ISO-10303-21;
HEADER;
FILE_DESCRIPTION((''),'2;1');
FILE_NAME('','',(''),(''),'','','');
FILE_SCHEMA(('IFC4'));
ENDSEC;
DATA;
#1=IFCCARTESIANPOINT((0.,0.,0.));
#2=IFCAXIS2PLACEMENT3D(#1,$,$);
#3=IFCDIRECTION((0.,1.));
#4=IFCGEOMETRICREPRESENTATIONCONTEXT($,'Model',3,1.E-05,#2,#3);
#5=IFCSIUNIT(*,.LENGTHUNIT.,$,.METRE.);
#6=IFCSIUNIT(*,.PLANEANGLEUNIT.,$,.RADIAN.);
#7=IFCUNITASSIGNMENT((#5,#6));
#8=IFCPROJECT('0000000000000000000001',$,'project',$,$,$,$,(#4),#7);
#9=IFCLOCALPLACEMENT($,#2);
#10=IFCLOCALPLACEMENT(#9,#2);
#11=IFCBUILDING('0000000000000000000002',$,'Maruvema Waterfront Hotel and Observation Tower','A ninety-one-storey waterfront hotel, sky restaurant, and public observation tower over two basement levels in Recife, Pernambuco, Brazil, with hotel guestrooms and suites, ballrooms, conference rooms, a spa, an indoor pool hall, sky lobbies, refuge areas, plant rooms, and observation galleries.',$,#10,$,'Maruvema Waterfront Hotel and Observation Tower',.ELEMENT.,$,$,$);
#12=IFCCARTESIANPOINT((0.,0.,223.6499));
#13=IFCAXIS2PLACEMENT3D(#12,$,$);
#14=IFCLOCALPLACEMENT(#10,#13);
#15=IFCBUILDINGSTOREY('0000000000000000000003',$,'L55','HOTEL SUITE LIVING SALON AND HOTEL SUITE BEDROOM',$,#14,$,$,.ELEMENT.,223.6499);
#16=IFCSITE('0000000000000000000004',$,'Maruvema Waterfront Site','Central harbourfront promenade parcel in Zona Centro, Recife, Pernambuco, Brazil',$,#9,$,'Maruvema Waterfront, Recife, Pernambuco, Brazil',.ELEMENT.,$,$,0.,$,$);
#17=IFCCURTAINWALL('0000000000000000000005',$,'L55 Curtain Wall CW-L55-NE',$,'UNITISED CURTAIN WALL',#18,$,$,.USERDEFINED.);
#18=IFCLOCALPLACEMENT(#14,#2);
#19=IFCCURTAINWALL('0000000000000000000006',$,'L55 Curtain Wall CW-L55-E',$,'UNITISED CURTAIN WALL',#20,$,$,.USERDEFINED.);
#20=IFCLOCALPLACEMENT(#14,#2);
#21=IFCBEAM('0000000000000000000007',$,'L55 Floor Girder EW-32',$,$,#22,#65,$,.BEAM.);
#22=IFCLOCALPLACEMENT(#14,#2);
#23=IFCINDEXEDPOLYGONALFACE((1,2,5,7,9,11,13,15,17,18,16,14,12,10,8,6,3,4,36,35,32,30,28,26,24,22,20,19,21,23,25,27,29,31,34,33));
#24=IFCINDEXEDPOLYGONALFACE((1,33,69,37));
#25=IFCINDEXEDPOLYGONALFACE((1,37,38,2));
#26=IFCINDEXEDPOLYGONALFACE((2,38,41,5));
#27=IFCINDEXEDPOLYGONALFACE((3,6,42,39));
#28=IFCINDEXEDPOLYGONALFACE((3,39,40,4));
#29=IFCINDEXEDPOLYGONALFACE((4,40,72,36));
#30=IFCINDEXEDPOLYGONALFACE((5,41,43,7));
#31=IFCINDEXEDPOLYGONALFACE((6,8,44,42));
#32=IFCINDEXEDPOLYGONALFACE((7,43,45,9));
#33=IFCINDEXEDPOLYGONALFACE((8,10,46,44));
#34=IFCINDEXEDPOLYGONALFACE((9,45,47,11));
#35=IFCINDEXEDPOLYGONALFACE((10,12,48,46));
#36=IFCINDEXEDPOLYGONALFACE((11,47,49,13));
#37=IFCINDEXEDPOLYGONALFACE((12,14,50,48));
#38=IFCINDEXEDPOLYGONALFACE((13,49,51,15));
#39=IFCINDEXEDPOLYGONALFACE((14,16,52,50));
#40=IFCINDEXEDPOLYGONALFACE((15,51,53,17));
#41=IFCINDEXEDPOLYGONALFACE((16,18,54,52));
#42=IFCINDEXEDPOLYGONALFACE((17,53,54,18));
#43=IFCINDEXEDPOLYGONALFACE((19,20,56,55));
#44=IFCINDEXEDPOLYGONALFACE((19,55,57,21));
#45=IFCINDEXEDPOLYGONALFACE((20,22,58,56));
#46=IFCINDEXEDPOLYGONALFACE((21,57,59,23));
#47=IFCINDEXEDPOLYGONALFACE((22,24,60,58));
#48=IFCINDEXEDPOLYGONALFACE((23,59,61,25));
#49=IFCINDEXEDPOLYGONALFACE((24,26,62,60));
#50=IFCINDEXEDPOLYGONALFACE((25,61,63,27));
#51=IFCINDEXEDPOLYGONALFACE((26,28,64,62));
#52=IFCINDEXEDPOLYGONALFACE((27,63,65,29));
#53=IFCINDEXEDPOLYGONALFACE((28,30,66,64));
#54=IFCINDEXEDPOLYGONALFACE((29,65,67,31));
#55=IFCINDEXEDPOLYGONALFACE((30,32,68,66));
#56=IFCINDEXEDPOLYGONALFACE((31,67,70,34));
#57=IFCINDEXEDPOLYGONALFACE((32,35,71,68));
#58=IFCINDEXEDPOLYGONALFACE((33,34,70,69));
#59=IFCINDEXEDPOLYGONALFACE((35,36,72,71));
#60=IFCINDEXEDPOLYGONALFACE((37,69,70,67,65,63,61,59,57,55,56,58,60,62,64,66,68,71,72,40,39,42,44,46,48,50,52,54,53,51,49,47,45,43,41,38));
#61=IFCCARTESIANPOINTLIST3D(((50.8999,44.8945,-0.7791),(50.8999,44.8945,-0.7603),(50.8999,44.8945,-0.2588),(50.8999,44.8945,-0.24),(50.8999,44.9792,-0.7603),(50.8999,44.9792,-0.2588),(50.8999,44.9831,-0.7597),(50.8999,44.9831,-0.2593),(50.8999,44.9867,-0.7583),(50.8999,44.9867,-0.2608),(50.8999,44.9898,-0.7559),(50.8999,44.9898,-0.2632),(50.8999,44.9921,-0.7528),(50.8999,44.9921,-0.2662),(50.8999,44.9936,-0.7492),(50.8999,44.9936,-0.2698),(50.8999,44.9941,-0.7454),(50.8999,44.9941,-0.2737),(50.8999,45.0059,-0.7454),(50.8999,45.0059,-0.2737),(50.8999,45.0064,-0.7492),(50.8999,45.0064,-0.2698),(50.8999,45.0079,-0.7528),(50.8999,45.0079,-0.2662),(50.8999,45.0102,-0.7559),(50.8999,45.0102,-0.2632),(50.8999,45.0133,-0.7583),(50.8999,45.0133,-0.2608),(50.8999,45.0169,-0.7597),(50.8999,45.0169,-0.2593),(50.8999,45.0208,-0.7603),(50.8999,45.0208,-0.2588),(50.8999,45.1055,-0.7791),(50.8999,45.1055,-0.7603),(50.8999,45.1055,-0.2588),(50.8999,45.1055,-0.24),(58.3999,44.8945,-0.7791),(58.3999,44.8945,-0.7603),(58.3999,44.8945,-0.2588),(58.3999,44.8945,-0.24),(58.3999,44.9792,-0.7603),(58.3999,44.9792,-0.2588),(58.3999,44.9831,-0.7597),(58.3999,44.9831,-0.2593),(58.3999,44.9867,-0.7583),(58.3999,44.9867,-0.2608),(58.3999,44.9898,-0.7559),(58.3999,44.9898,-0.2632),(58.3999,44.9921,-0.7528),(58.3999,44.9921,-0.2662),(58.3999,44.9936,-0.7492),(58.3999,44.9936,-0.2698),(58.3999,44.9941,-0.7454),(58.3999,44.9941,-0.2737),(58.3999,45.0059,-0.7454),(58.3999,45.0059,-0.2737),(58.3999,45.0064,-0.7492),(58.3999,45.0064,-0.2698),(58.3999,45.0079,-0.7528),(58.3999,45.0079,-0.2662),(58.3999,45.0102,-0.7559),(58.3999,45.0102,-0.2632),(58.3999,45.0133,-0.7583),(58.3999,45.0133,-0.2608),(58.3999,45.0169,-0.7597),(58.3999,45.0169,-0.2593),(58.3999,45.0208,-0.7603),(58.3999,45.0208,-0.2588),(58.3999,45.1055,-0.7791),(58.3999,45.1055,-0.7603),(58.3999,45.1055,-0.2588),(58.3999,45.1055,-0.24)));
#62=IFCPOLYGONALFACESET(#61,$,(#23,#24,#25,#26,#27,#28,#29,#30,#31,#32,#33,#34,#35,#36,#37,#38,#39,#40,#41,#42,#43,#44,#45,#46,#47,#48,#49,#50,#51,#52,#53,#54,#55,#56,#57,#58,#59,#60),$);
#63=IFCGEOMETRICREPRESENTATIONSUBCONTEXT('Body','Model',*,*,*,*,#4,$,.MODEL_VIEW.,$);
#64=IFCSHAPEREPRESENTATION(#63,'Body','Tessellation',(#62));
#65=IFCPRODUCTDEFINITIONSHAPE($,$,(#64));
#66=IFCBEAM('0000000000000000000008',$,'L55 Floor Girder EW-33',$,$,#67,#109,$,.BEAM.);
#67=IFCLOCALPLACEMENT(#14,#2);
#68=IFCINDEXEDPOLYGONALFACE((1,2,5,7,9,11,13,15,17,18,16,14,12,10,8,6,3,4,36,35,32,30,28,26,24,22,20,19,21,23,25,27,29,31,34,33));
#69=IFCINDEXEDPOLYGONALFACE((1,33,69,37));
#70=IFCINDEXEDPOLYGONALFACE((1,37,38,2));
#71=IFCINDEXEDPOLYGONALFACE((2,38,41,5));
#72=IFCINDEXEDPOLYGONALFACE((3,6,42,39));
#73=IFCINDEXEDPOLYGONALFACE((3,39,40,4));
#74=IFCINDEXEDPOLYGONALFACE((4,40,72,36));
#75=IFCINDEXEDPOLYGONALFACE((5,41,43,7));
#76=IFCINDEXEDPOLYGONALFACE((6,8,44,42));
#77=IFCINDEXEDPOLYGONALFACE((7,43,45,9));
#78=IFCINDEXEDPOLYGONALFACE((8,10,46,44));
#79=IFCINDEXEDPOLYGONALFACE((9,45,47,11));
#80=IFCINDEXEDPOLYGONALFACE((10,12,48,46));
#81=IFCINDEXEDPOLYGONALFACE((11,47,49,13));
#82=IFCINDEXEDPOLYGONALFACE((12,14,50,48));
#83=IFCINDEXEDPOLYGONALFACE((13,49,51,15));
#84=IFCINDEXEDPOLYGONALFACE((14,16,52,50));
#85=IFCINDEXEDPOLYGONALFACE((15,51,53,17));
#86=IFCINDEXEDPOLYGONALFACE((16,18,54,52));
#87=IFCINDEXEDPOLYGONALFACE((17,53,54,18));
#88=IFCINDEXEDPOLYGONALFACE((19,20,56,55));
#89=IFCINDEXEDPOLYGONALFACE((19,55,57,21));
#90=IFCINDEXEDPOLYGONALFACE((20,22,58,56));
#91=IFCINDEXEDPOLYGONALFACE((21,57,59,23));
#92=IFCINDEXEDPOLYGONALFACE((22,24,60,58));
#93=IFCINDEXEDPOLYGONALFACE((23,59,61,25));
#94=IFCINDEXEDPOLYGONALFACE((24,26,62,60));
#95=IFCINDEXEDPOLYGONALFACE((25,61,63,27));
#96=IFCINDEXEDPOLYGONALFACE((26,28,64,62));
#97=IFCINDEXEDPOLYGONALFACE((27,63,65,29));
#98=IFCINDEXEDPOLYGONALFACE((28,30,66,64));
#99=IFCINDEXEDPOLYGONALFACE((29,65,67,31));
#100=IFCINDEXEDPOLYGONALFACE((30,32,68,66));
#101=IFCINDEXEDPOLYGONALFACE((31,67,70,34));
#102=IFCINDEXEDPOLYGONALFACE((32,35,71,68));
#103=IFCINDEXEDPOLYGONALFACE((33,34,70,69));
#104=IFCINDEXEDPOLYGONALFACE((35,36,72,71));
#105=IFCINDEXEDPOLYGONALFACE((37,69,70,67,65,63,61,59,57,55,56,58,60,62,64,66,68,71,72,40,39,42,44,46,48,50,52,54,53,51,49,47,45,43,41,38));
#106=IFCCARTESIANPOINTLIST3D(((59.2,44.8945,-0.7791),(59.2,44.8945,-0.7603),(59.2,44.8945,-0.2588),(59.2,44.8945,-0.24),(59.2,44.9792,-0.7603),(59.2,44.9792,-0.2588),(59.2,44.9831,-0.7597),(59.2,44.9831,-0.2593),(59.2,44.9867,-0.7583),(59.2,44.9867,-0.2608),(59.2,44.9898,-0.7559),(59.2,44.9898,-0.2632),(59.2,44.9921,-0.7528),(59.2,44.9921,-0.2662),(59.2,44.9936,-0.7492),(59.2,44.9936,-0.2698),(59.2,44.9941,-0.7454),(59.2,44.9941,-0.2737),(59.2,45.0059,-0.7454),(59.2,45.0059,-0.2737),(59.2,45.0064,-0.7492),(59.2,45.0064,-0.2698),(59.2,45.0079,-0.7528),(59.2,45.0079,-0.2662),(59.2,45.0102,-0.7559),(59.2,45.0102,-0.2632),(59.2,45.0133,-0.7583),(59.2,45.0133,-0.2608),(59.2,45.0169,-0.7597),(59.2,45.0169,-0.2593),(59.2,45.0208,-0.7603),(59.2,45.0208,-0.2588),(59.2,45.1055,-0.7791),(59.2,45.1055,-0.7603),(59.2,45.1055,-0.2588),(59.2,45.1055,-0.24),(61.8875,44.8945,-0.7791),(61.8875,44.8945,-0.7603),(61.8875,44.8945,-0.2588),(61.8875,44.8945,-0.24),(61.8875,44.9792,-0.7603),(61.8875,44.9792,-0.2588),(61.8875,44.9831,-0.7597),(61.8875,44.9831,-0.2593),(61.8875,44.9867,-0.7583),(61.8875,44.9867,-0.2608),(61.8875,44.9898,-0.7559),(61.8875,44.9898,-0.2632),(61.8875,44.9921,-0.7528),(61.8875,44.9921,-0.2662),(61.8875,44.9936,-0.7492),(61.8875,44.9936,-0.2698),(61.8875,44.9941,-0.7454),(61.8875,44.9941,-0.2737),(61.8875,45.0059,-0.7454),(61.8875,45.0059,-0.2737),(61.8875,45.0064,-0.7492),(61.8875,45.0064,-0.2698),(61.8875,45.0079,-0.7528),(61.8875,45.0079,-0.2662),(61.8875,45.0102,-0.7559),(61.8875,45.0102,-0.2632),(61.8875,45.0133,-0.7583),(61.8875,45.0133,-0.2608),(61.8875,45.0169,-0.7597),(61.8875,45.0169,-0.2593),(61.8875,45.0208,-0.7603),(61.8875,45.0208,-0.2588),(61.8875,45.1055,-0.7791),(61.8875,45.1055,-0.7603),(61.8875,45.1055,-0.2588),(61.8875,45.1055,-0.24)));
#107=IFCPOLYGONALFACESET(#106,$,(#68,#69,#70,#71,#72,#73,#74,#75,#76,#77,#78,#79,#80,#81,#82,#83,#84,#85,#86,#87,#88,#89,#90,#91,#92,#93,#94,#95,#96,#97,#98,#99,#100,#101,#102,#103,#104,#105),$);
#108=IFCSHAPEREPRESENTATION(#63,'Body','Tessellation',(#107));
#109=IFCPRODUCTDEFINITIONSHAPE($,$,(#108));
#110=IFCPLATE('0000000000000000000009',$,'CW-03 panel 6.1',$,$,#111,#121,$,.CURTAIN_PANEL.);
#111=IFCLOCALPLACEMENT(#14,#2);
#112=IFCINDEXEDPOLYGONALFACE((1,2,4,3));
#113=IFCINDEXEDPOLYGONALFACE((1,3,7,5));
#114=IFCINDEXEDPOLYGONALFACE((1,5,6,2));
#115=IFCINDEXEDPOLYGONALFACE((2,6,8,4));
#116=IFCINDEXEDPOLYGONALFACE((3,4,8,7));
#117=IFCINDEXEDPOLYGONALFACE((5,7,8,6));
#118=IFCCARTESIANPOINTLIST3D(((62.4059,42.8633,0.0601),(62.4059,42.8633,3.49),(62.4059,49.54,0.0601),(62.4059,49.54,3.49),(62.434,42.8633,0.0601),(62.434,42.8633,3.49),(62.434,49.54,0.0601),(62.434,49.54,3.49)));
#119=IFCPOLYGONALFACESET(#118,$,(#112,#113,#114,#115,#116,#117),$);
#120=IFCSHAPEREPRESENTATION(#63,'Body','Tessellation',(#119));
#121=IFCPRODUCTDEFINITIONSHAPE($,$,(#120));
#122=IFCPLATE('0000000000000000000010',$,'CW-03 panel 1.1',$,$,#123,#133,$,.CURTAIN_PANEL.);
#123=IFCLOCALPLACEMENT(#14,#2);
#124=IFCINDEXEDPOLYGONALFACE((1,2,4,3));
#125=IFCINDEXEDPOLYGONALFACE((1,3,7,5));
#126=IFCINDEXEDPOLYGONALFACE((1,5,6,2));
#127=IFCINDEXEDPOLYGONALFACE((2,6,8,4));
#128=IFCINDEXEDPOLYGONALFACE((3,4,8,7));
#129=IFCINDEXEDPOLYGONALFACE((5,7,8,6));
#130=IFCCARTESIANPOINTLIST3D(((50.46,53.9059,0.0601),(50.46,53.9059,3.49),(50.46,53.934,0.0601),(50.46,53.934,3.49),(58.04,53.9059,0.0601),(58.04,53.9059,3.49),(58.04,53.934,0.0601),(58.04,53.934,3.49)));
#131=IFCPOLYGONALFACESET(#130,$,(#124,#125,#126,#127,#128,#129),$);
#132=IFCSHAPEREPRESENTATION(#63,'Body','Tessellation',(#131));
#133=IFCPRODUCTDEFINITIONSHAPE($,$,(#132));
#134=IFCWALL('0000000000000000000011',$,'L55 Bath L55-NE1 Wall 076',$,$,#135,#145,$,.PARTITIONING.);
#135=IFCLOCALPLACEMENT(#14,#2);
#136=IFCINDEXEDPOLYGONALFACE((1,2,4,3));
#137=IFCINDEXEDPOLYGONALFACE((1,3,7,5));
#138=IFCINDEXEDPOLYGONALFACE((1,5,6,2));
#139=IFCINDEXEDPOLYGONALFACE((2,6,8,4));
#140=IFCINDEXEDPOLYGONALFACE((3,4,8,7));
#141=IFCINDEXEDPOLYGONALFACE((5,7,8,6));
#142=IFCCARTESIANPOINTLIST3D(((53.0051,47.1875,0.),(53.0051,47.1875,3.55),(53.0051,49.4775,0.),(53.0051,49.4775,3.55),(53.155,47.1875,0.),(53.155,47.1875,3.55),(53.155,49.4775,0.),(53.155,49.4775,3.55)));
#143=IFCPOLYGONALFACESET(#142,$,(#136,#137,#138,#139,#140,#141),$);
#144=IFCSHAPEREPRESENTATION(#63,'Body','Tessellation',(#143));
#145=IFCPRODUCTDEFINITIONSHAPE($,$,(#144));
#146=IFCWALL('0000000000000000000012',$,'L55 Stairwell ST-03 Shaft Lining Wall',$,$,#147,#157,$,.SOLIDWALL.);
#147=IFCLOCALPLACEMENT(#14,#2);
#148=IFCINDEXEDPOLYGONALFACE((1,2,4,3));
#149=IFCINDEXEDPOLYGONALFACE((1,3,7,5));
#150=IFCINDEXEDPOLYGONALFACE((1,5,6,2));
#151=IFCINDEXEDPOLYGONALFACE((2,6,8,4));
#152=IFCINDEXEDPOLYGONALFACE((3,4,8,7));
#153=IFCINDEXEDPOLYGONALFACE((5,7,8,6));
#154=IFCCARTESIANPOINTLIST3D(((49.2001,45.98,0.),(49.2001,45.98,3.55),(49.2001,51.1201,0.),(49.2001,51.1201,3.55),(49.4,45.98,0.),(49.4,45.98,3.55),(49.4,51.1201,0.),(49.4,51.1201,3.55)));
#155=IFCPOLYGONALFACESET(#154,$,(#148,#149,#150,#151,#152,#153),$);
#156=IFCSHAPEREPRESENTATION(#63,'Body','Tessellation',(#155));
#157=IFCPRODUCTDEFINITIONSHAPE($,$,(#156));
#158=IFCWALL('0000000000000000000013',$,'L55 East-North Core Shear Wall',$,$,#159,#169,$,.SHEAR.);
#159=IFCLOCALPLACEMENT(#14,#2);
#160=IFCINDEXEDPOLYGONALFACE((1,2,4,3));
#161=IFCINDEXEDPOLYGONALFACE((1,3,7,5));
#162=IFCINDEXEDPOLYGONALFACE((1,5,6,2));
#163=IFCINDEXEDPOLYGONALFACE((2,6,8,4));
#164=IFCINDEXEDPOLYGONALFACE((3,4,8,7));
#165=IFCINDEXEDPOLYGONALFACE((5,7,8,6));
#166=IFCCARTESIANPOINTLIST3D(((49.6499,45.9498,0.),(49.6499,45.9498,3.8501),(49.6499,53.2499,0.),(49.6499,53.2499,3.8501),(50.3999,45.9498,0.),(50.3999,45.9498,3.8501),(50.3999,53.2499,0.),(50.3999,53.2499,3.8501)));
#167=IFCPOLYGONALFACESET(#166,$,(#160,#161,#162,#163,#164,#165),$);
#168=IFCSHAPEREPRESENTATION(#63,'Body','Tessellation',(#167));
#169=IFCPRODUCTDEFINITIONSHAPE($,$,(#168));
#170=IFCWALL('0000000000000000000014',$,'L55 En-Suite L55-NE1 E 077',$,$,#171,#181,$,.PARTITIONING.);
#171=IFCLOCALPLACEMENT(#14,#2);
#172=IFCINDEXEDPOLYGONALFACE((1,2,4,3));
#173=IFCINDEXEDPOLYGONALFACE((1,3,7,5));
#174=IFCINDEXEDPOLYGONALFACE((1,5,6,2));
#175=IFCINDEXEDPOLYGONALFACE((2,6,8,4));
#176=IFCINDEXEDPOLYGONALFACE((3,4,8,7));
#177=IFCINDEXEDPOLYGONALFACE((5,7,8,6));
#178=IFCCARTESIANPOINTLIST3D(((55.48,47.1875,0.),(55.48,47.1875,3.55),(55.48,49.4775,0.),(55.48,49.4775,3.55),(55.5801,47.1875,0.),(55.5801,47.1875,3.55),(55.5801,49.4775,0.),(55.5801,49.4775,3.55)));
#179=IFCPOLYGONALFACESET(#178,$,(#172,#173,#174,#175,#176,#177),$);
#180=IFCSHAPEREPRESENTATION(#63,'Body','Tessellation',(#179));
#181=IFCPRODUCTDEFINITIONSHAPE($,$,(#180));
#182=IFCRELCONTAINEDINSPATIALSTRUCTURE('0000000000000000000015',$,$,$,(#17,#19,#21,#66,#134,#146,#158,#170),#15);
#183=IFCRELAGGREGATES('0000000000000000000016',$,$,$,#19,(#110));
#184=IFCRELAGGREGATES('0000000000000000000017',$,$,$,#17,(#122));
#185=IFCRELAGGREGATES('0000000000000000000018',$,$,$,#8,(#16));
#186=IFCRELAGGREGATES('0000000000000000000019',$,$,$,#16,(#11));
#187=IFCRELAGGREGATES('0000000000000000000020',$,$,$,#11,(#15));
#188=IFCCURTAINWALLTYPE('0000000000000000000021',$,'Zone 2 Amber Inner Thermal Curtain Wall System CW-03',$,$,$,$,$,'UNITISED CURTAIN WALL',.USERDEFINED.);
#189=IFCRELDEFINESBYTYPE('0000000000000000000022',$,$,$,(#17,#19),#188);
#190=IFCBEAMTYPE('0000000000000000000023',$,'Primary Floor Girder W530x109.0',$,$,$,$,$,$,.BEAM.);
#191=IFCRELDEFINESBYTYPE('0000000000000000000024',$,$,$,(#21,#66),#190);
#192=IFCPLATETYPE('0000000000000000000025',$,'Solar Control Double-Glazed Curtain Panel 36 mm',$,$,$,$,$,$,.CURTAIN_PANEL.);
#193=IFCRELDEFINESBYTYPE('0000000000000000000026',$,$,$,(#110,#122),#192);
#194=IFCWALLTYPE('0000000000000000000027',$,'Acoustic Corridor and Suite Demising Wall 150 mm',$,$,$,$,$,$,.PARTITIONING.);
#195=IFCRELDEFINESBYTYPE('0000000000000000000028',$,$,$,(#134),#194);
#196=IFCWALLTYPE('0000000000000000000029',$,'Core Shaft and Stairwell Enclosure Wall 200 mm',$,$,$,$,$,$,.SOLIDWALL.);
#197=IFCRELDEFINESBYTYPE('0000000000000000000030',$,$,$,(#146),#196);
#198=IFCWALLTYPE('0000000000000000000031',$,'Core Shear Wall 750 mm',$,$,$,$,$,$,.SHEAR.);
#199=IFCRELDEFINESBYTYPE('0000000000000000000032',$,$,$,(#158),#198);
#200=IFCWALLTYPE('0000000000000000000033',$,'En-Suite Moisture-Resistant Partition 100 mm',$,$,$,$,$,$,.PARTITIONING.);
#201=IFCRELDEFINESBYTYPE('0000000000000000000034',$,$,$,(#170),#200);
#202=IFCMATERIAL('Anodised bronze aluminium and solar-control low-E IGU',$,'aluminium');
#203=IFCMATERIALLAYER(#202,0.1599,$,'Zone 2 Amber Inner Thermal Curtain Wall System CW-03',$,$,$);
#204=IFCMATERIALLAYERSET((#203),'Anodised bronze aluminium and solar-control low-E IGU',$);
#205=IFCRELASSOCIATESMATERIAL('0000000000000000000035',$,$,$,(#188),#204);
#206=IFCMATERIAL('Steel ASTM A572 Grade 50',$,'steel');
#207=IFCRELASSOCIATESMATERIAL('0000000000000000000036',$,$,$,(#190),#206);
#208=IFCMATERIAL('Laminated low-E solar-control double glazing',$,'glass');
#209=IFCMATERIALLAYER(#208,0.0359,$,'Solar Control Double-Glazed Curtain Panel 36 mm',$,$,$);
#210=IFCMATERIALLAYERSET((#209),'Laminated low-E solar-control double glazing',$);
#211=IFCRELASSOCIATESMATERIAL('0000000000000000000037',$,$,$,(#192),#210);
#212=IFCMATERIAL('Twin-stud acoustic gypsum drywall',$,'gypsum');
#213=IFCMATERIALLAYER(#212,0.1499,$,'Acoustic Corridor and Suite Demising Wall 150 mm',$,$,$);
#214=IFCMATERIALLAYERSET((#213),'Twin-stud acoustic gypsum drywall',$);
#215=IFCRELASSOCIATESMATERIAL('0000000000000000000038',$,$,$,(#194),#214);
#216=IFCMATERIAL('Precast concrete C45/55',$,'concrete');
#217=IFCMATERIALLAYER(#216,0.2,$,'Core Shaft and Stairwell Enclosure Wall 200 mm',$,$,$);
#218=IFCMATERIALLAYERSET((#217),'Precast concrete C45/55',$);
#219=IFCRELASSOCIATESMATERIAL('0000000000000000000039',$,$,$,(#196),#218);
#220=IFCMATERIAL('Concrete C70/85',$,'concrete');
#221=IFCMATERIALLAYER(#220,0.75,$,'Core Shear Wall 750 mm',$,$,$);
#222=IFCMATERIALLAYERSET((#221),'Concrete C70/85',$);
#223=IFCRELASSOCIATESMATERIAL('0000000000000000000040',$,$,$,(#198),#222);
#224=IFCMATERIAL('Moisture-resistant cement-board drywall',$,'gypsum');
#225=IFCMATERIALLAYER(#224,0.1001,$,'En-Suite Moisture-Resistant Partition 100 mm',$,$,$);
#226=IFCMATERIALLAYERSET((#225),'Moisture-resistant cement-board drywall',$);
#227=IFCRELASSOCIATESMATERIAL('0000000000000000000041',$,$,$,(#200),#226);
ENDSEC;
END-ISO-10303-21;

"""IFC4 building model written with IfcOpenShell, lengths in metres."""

from ifc_helpers import new_model, si_unit, direction, frame, frame_2d, origin, origin_2d, place, context, subcontext, project, spatial, rectangle, i_section, extrude, material, layer, layer_set, material_profile, profile_set, type_object, element, aggregate, save


model = new_model("IFC4")

# Units and contexts
model_context = context("Model", 3, precision=1e-05, world=origin(), true_north=direction((0.0, 1.0)))
body_context = subcontext(model_context, "Body", "Model", "MODEL_VIEW")
ifc_project = project(units=[si_unit("LENGTHUNIT", "METRE"), si_unit("PLANEANGLEUNIT", "RADIAN")], contexts=[model_context])

# Site, building, storey
site_placement = place(None, origin())
site = spatial("IfcSite", under=ifc_project, at=site_placement, Name="Maruvema Waterfront Site", Description="Central harbourfront promenade parcel in Zona Centro, Recife, Pernambuco, Brazil", LongName="Maruvema Waterfront, Recife, Pernambuco, Brazil", CompositionType="ELEMENT", RefElevation=0.0)
building_placement = place(site_placement, origin())
building = spatial("IfcBuilding", under=site, at=building_placement, Name="Maruvema Waterfront Hotel and Observation Tower", Description="A ninety-one-storey waterfront hotel, sky restaurant, and public observation tower over two basement levels in Recife, Pernambuco, Brazil, with hotel guestrooms and suites, ballrooms, conference rooms, a spa, an indoor pool hall, sky lobbies, refuge areas, plant rooms, and observation galleries.", LongName="Maruvema Waterfront Hotel and Observation Tower", CompositionType="ELEMENT")
storey_placement = place(building_placement, frame((0.0, 0.0, 223.6499)))
storey = spatial("IfcBuildingStorey", under=building, at=storey_placement, Name="L55", Description="HOTEL SUITE LIVING SALON AND HOTEL SUITE BEDROOM", CompositionType="ELEMENT", Elevation=223.6499)

# Curtain wall
ifc_material_1 = material(Name="Anodised bronze aluminium and solar-control low-E IGU", Category="aluminium")
ifc_layer_1 = layer(ifc_material_1, 0.1599, Name="Zone 2 Amber Inner Thermal Curtain Wall System CW-03")
ifc_layer_set_1 = layer_set([ifc_layer_1], Name="Anodised bronze aluminium and solar-control low-E IGU")
curtain_wall_type = type_object("IfcCurtainWallType", Name="Zone 2 Amber Inner Thermal Curtain Wall System CW-03", ElementType="UNITISED CURTAIN WALL", PredefinedType="USERDEFINED", material=ifc_layer_set_1)
curtain_wall_1_placement = place(storey_placement, origin())
curtain_wall_1 = element("IfcCurtainWall", 1, at=curtain_wall_1_placement, inside=storey, type_object=curtain_wall_type, Name="L55 Curtain Wall CW-L55-NE", ObjectType="UNITISED CURTAIN WALL", PredefinedType="USERDEFINED")

# Curtain wall
curtain_wall_2_placement = place(storey_placement, origin())
curtain_wall_2 = element("IfcCurtainWall", 2, at=curtain_wall_2_placement, inside=storey, type_object=curtain_wall_type, Name="L55 Curtain Wall CW-L55-E", ObjectType="UNITISED CURTAIN WALL", PredefinedType="USERDEFINED")

# Beams
ifc_material_2 = material(Name="Steel ASTM A572 Grade 50", Category="steel")
ifc_material_profile_1 = material_profile(ifc_material_2, i_section(OverallWidth=0.2109, OverallDepth=0.5391, WebThickness=0.0117, FlangeThickness=0.0188, FilletRadius=0.0149, at=origin_2d()), Name="W530x109.0")
ifc_profile_set_1 = profile_set([ifc_material_profile_1], Name="Steel ASTM A572 Grade 50")
beam_type = type_object("IfcBeamType", Name="Primary Floor Girder W530x109.0", PredefinedType="BEAM", material=ifc_profile_set_1)
beam_1_placement = place(storey_placement, frame((50.8999, 45.0, -0.5095), z_axis=(1.0, 0.0, 0.0), x_axis=(0.0, 1.0, 0.0)))
element("IfcBeam", 3, at=beam_1_placement, inside=storey, type_object=beam_type, Name="L55 Floor Girder EW-32", PredefinedType="BEAM", context=body_context, shape_type="SweptSolid", body=[
    extrude(i_section(OverallWidth=0.2109, OverallDepth=0.5391, WebThickness=0.0117, FlangeThickness=0.0188, FilletRadius=0.0149, at=origin_2d()), origin(), (0.0, 0.0, 1.0), 7.5),
])
beam_2_placement = place(storey_placement, frame((59.2, 45.0, -0.5095), z_axis=(1.0, 0.0, 0.0), x_axis=(0.0, 1.0, 0.0)))
element("IfcBeam", 4, at=beam_2_placement, inside=storey, type_object=beam_type, Name="L55 Floor Girder EW-33", PredefinedType="BEAM", context=body_context, shape_type="SweptSolid", body=[
    extrude(i_section(OverallWidth=0.2109, OverallDepth=0.5391, WebThickness=0.0117, FlangeThickness=0.0188, FilletRadius=0.0149, at=origin_2d()), origin(), (0.0, 0.0, 1.0), 2.6875),
])

# Plates
ifc_material_3 = material(Name="Laminated low-E solar-control double glazing", Category="glass")
ifc_layer_2 = layer(ifc_material_3, 0.0359, Name="Solar Control Double-Glazed Curtain Panel 36 mm")
ifc_layer_set_2 = layer_set([ifc_layer_2], Name="Laminated low-E solar-control double glazing")
plate_type = type_object("IfcPlateType", Name="Solar Control Double-Glazed Curtain Panel 36 mm", PredefinedType="CURTAIN_PANEL", material=ifc_layer_set_2)
plate_1_placement = place(storey_placement, frame((62.4199, 46.2017, 0.0601), z_axis=(0.0, 0.0, 1.0), x_axis=(0.0, 1.0, 0.0)))
plate_1 = element("IfcPlate", 5, at=plate_1_placement, type_object=plate_type, Name="CW-03 panel 6.1", PredefinedType="CURTAIN_PANEL", context=body_context, shape_type="SweptSolid", body=[
    extrude(rectangle(XDim=6.6768, YDim=0.0281, at=origin_2d()), origin(), (0.0, 0.0, 1.0), 3.4299),
])
aggregate(curtain_wall_2, [plate_1])
plate_2_placement = place(storey_placement, frame((54.25, 53.9199, 0.0601), z_axis=(0.0, 0.0, 1.0), x_axis=(-1.0, 0.0, 0.0)))
plate_2 = element("IfcPlate", 6, at=plate_2_placement, type_object=plate_type, Name="CW-03 panel 1.1", PredefinedType="CURTAIN_PANEL", context=body_context, shape_type="SweptSolid", body=[
    extrude(rectangle(XDim=7.5801, YDim=0.0281, at=origin_2d()), origin(), (0.0, 0.0, 1.0), 3.4299),
])
aggregate(curtain_wall_1, [plate_2])

# Walls
ifc_material_4 = material(Name="Twin-stud acoustic gypsum drywall", Category="gypsum")
ifc_layer_3 = layer(ifc_material_4, 0.1499, Name="Acoustic Corridor and Suite Demising Wall 150 mm")
ifc_layer_set_3 = layer_set([ifc_layer_3], Name="Twin-stud acoustic gypsum drywall")
wall_type_1 = type_object("IfcWallType", Name="Acoustic Corridor and Suite Demising Wall 150 mm", PredefinedType="PARTITIONING", material=ifc_layer_set_3)
wall_1_placement = place(storey_placement, frame((53.0801, 47.1875, 0.0), z_axis=(0.0, 0.0, 1.0), x_axis=(0.0, 1.0, 0.0)))
element("IfcWall", 7, at=wall_1_placement, inside=storey, type_object=wall_type_1, Name="L55 Bath L55-NE1 Wall 076", PredefinedType="PARTITIONING", context=body_context, shape_type="SweptSolid", body=[
    extrude(rectangle(XDim=2.29, YDim=0.1499, at=frame_2d((1.145, 0.0))), origin(), (0.0, 0.0, 1.0), 3.55),
])
ifc_material_5 = material(Name="Precast concrete C45/55", Category="concrete")
ifc_layer_4 = layer(ifc_material_5, 0.2, Name="Core Shaft and Stairwell Enclosure Wall 200 mm")
ifc_layer_set_4 = layer_set([ifc_layer_4], Name="Precast concrete C45/55")
wall_type_2 = type_object("IfcWallType", Name="Core Shaft and Stairwell Enclosure Wall 200 mm", PredefinedType="SOLIDWALL", material=ifc_layer_set_4)
wall_2_placement = place(storey_placement, frame((49.3, 45.98, 0.0), z_axis=(0.0, 0.0, 1.0), x_axis=(0.0, 1.0, 0.0)))
element("IfcWall", 8, at=wall_2_placement, inside=storey, type_object=wall_type_2, Name="L55 Stairwell ST-03 Shaft Lining Wall", PredefinedType="SOLIDWALL", context=body_context, shape_type="SweptSolid", body=[
    extrude(rectangle(XDim=5.1401, YDim=0.2, at=frame_2d((2.5701, 0.0))), origin(), (0.0, 0.0, 1.0), 3.55),
])
ifc_material_6 = material(Name="Concrete C70/85", Category="concrete")
ifc_layer_5 = layer(ifc_material_6, 0.75, Name="Core Shear Wall 750 mm")
ifc_layer_set_5 = layer_set([ifc_layer_5], Name="Concrete C70/85")
wall_type_3 = type_object("IfcWallType", Name="Core Shear Wall 750 mm", PredefinedType="SHEAR", material=ifc_layer_set_5)
wall_3_placement = place(storey_placement, frame((50.0249, 45.95, 0.0), z_axis=(0.0, 0.0, 1.0), x_axis=(0.0, 1.0, 0.0)))
element("IfcWall", 9, at=wall_3_placement, inside=storey, type_object=wall_type_3, Name="L55 East-North Core Shear Wall", PredefinedType="SHEAR", context=body_context, shape_type="SweptSolid", body=[
    extrude(rectangle(XDim=7.3, YDim=0.75, at=frame_2d((3.6499, 0.0))), origin(), (0.0, 0.0, 1.0), 3.8501),
])
ifc_material_7 = material(Name="Moisture-resistant cement-board drywall", Category="gypsum")
ifc_layer_6 = layer(ifc_material_7, 0.1001, Name="En-Suite Moisture-Resistant Partition 100 mm")
ifc_layer_set_6 = layer_set([ifc_layer_6], Name="Moisture-resistant cement-board drywall")
wall_type_4 = type_object("IfcWallType", Name="En-Suite Moisture-Resistant Partition 100 mm", PredefinedType="PARTITIONING", material=ifc_layer_set_6)
wall_4_placement = place(storey_placement, frame((55.53, 47.1875, 0.0), z_axis=(0.0, 0.0, 1.0), x_axis=(0.0, 1.0, 0.0)))
element("IfcWall", 10, at=wall_4_placement, inside=storey, type_object=wall_type_4, Name="L55 En-Suite L55-NE1 E 077", PredefinedType="PARTITIONING", context=body_context, shape_type="SweptSolid", body=[
    extrude(rectangle(XDim=2.29, YDim=0.1001, at=frame_2d((1.145, 0.0))), origin(), (0.0, 0.0, 1.0), 3.55),
])

save(model, "model.ifc")
